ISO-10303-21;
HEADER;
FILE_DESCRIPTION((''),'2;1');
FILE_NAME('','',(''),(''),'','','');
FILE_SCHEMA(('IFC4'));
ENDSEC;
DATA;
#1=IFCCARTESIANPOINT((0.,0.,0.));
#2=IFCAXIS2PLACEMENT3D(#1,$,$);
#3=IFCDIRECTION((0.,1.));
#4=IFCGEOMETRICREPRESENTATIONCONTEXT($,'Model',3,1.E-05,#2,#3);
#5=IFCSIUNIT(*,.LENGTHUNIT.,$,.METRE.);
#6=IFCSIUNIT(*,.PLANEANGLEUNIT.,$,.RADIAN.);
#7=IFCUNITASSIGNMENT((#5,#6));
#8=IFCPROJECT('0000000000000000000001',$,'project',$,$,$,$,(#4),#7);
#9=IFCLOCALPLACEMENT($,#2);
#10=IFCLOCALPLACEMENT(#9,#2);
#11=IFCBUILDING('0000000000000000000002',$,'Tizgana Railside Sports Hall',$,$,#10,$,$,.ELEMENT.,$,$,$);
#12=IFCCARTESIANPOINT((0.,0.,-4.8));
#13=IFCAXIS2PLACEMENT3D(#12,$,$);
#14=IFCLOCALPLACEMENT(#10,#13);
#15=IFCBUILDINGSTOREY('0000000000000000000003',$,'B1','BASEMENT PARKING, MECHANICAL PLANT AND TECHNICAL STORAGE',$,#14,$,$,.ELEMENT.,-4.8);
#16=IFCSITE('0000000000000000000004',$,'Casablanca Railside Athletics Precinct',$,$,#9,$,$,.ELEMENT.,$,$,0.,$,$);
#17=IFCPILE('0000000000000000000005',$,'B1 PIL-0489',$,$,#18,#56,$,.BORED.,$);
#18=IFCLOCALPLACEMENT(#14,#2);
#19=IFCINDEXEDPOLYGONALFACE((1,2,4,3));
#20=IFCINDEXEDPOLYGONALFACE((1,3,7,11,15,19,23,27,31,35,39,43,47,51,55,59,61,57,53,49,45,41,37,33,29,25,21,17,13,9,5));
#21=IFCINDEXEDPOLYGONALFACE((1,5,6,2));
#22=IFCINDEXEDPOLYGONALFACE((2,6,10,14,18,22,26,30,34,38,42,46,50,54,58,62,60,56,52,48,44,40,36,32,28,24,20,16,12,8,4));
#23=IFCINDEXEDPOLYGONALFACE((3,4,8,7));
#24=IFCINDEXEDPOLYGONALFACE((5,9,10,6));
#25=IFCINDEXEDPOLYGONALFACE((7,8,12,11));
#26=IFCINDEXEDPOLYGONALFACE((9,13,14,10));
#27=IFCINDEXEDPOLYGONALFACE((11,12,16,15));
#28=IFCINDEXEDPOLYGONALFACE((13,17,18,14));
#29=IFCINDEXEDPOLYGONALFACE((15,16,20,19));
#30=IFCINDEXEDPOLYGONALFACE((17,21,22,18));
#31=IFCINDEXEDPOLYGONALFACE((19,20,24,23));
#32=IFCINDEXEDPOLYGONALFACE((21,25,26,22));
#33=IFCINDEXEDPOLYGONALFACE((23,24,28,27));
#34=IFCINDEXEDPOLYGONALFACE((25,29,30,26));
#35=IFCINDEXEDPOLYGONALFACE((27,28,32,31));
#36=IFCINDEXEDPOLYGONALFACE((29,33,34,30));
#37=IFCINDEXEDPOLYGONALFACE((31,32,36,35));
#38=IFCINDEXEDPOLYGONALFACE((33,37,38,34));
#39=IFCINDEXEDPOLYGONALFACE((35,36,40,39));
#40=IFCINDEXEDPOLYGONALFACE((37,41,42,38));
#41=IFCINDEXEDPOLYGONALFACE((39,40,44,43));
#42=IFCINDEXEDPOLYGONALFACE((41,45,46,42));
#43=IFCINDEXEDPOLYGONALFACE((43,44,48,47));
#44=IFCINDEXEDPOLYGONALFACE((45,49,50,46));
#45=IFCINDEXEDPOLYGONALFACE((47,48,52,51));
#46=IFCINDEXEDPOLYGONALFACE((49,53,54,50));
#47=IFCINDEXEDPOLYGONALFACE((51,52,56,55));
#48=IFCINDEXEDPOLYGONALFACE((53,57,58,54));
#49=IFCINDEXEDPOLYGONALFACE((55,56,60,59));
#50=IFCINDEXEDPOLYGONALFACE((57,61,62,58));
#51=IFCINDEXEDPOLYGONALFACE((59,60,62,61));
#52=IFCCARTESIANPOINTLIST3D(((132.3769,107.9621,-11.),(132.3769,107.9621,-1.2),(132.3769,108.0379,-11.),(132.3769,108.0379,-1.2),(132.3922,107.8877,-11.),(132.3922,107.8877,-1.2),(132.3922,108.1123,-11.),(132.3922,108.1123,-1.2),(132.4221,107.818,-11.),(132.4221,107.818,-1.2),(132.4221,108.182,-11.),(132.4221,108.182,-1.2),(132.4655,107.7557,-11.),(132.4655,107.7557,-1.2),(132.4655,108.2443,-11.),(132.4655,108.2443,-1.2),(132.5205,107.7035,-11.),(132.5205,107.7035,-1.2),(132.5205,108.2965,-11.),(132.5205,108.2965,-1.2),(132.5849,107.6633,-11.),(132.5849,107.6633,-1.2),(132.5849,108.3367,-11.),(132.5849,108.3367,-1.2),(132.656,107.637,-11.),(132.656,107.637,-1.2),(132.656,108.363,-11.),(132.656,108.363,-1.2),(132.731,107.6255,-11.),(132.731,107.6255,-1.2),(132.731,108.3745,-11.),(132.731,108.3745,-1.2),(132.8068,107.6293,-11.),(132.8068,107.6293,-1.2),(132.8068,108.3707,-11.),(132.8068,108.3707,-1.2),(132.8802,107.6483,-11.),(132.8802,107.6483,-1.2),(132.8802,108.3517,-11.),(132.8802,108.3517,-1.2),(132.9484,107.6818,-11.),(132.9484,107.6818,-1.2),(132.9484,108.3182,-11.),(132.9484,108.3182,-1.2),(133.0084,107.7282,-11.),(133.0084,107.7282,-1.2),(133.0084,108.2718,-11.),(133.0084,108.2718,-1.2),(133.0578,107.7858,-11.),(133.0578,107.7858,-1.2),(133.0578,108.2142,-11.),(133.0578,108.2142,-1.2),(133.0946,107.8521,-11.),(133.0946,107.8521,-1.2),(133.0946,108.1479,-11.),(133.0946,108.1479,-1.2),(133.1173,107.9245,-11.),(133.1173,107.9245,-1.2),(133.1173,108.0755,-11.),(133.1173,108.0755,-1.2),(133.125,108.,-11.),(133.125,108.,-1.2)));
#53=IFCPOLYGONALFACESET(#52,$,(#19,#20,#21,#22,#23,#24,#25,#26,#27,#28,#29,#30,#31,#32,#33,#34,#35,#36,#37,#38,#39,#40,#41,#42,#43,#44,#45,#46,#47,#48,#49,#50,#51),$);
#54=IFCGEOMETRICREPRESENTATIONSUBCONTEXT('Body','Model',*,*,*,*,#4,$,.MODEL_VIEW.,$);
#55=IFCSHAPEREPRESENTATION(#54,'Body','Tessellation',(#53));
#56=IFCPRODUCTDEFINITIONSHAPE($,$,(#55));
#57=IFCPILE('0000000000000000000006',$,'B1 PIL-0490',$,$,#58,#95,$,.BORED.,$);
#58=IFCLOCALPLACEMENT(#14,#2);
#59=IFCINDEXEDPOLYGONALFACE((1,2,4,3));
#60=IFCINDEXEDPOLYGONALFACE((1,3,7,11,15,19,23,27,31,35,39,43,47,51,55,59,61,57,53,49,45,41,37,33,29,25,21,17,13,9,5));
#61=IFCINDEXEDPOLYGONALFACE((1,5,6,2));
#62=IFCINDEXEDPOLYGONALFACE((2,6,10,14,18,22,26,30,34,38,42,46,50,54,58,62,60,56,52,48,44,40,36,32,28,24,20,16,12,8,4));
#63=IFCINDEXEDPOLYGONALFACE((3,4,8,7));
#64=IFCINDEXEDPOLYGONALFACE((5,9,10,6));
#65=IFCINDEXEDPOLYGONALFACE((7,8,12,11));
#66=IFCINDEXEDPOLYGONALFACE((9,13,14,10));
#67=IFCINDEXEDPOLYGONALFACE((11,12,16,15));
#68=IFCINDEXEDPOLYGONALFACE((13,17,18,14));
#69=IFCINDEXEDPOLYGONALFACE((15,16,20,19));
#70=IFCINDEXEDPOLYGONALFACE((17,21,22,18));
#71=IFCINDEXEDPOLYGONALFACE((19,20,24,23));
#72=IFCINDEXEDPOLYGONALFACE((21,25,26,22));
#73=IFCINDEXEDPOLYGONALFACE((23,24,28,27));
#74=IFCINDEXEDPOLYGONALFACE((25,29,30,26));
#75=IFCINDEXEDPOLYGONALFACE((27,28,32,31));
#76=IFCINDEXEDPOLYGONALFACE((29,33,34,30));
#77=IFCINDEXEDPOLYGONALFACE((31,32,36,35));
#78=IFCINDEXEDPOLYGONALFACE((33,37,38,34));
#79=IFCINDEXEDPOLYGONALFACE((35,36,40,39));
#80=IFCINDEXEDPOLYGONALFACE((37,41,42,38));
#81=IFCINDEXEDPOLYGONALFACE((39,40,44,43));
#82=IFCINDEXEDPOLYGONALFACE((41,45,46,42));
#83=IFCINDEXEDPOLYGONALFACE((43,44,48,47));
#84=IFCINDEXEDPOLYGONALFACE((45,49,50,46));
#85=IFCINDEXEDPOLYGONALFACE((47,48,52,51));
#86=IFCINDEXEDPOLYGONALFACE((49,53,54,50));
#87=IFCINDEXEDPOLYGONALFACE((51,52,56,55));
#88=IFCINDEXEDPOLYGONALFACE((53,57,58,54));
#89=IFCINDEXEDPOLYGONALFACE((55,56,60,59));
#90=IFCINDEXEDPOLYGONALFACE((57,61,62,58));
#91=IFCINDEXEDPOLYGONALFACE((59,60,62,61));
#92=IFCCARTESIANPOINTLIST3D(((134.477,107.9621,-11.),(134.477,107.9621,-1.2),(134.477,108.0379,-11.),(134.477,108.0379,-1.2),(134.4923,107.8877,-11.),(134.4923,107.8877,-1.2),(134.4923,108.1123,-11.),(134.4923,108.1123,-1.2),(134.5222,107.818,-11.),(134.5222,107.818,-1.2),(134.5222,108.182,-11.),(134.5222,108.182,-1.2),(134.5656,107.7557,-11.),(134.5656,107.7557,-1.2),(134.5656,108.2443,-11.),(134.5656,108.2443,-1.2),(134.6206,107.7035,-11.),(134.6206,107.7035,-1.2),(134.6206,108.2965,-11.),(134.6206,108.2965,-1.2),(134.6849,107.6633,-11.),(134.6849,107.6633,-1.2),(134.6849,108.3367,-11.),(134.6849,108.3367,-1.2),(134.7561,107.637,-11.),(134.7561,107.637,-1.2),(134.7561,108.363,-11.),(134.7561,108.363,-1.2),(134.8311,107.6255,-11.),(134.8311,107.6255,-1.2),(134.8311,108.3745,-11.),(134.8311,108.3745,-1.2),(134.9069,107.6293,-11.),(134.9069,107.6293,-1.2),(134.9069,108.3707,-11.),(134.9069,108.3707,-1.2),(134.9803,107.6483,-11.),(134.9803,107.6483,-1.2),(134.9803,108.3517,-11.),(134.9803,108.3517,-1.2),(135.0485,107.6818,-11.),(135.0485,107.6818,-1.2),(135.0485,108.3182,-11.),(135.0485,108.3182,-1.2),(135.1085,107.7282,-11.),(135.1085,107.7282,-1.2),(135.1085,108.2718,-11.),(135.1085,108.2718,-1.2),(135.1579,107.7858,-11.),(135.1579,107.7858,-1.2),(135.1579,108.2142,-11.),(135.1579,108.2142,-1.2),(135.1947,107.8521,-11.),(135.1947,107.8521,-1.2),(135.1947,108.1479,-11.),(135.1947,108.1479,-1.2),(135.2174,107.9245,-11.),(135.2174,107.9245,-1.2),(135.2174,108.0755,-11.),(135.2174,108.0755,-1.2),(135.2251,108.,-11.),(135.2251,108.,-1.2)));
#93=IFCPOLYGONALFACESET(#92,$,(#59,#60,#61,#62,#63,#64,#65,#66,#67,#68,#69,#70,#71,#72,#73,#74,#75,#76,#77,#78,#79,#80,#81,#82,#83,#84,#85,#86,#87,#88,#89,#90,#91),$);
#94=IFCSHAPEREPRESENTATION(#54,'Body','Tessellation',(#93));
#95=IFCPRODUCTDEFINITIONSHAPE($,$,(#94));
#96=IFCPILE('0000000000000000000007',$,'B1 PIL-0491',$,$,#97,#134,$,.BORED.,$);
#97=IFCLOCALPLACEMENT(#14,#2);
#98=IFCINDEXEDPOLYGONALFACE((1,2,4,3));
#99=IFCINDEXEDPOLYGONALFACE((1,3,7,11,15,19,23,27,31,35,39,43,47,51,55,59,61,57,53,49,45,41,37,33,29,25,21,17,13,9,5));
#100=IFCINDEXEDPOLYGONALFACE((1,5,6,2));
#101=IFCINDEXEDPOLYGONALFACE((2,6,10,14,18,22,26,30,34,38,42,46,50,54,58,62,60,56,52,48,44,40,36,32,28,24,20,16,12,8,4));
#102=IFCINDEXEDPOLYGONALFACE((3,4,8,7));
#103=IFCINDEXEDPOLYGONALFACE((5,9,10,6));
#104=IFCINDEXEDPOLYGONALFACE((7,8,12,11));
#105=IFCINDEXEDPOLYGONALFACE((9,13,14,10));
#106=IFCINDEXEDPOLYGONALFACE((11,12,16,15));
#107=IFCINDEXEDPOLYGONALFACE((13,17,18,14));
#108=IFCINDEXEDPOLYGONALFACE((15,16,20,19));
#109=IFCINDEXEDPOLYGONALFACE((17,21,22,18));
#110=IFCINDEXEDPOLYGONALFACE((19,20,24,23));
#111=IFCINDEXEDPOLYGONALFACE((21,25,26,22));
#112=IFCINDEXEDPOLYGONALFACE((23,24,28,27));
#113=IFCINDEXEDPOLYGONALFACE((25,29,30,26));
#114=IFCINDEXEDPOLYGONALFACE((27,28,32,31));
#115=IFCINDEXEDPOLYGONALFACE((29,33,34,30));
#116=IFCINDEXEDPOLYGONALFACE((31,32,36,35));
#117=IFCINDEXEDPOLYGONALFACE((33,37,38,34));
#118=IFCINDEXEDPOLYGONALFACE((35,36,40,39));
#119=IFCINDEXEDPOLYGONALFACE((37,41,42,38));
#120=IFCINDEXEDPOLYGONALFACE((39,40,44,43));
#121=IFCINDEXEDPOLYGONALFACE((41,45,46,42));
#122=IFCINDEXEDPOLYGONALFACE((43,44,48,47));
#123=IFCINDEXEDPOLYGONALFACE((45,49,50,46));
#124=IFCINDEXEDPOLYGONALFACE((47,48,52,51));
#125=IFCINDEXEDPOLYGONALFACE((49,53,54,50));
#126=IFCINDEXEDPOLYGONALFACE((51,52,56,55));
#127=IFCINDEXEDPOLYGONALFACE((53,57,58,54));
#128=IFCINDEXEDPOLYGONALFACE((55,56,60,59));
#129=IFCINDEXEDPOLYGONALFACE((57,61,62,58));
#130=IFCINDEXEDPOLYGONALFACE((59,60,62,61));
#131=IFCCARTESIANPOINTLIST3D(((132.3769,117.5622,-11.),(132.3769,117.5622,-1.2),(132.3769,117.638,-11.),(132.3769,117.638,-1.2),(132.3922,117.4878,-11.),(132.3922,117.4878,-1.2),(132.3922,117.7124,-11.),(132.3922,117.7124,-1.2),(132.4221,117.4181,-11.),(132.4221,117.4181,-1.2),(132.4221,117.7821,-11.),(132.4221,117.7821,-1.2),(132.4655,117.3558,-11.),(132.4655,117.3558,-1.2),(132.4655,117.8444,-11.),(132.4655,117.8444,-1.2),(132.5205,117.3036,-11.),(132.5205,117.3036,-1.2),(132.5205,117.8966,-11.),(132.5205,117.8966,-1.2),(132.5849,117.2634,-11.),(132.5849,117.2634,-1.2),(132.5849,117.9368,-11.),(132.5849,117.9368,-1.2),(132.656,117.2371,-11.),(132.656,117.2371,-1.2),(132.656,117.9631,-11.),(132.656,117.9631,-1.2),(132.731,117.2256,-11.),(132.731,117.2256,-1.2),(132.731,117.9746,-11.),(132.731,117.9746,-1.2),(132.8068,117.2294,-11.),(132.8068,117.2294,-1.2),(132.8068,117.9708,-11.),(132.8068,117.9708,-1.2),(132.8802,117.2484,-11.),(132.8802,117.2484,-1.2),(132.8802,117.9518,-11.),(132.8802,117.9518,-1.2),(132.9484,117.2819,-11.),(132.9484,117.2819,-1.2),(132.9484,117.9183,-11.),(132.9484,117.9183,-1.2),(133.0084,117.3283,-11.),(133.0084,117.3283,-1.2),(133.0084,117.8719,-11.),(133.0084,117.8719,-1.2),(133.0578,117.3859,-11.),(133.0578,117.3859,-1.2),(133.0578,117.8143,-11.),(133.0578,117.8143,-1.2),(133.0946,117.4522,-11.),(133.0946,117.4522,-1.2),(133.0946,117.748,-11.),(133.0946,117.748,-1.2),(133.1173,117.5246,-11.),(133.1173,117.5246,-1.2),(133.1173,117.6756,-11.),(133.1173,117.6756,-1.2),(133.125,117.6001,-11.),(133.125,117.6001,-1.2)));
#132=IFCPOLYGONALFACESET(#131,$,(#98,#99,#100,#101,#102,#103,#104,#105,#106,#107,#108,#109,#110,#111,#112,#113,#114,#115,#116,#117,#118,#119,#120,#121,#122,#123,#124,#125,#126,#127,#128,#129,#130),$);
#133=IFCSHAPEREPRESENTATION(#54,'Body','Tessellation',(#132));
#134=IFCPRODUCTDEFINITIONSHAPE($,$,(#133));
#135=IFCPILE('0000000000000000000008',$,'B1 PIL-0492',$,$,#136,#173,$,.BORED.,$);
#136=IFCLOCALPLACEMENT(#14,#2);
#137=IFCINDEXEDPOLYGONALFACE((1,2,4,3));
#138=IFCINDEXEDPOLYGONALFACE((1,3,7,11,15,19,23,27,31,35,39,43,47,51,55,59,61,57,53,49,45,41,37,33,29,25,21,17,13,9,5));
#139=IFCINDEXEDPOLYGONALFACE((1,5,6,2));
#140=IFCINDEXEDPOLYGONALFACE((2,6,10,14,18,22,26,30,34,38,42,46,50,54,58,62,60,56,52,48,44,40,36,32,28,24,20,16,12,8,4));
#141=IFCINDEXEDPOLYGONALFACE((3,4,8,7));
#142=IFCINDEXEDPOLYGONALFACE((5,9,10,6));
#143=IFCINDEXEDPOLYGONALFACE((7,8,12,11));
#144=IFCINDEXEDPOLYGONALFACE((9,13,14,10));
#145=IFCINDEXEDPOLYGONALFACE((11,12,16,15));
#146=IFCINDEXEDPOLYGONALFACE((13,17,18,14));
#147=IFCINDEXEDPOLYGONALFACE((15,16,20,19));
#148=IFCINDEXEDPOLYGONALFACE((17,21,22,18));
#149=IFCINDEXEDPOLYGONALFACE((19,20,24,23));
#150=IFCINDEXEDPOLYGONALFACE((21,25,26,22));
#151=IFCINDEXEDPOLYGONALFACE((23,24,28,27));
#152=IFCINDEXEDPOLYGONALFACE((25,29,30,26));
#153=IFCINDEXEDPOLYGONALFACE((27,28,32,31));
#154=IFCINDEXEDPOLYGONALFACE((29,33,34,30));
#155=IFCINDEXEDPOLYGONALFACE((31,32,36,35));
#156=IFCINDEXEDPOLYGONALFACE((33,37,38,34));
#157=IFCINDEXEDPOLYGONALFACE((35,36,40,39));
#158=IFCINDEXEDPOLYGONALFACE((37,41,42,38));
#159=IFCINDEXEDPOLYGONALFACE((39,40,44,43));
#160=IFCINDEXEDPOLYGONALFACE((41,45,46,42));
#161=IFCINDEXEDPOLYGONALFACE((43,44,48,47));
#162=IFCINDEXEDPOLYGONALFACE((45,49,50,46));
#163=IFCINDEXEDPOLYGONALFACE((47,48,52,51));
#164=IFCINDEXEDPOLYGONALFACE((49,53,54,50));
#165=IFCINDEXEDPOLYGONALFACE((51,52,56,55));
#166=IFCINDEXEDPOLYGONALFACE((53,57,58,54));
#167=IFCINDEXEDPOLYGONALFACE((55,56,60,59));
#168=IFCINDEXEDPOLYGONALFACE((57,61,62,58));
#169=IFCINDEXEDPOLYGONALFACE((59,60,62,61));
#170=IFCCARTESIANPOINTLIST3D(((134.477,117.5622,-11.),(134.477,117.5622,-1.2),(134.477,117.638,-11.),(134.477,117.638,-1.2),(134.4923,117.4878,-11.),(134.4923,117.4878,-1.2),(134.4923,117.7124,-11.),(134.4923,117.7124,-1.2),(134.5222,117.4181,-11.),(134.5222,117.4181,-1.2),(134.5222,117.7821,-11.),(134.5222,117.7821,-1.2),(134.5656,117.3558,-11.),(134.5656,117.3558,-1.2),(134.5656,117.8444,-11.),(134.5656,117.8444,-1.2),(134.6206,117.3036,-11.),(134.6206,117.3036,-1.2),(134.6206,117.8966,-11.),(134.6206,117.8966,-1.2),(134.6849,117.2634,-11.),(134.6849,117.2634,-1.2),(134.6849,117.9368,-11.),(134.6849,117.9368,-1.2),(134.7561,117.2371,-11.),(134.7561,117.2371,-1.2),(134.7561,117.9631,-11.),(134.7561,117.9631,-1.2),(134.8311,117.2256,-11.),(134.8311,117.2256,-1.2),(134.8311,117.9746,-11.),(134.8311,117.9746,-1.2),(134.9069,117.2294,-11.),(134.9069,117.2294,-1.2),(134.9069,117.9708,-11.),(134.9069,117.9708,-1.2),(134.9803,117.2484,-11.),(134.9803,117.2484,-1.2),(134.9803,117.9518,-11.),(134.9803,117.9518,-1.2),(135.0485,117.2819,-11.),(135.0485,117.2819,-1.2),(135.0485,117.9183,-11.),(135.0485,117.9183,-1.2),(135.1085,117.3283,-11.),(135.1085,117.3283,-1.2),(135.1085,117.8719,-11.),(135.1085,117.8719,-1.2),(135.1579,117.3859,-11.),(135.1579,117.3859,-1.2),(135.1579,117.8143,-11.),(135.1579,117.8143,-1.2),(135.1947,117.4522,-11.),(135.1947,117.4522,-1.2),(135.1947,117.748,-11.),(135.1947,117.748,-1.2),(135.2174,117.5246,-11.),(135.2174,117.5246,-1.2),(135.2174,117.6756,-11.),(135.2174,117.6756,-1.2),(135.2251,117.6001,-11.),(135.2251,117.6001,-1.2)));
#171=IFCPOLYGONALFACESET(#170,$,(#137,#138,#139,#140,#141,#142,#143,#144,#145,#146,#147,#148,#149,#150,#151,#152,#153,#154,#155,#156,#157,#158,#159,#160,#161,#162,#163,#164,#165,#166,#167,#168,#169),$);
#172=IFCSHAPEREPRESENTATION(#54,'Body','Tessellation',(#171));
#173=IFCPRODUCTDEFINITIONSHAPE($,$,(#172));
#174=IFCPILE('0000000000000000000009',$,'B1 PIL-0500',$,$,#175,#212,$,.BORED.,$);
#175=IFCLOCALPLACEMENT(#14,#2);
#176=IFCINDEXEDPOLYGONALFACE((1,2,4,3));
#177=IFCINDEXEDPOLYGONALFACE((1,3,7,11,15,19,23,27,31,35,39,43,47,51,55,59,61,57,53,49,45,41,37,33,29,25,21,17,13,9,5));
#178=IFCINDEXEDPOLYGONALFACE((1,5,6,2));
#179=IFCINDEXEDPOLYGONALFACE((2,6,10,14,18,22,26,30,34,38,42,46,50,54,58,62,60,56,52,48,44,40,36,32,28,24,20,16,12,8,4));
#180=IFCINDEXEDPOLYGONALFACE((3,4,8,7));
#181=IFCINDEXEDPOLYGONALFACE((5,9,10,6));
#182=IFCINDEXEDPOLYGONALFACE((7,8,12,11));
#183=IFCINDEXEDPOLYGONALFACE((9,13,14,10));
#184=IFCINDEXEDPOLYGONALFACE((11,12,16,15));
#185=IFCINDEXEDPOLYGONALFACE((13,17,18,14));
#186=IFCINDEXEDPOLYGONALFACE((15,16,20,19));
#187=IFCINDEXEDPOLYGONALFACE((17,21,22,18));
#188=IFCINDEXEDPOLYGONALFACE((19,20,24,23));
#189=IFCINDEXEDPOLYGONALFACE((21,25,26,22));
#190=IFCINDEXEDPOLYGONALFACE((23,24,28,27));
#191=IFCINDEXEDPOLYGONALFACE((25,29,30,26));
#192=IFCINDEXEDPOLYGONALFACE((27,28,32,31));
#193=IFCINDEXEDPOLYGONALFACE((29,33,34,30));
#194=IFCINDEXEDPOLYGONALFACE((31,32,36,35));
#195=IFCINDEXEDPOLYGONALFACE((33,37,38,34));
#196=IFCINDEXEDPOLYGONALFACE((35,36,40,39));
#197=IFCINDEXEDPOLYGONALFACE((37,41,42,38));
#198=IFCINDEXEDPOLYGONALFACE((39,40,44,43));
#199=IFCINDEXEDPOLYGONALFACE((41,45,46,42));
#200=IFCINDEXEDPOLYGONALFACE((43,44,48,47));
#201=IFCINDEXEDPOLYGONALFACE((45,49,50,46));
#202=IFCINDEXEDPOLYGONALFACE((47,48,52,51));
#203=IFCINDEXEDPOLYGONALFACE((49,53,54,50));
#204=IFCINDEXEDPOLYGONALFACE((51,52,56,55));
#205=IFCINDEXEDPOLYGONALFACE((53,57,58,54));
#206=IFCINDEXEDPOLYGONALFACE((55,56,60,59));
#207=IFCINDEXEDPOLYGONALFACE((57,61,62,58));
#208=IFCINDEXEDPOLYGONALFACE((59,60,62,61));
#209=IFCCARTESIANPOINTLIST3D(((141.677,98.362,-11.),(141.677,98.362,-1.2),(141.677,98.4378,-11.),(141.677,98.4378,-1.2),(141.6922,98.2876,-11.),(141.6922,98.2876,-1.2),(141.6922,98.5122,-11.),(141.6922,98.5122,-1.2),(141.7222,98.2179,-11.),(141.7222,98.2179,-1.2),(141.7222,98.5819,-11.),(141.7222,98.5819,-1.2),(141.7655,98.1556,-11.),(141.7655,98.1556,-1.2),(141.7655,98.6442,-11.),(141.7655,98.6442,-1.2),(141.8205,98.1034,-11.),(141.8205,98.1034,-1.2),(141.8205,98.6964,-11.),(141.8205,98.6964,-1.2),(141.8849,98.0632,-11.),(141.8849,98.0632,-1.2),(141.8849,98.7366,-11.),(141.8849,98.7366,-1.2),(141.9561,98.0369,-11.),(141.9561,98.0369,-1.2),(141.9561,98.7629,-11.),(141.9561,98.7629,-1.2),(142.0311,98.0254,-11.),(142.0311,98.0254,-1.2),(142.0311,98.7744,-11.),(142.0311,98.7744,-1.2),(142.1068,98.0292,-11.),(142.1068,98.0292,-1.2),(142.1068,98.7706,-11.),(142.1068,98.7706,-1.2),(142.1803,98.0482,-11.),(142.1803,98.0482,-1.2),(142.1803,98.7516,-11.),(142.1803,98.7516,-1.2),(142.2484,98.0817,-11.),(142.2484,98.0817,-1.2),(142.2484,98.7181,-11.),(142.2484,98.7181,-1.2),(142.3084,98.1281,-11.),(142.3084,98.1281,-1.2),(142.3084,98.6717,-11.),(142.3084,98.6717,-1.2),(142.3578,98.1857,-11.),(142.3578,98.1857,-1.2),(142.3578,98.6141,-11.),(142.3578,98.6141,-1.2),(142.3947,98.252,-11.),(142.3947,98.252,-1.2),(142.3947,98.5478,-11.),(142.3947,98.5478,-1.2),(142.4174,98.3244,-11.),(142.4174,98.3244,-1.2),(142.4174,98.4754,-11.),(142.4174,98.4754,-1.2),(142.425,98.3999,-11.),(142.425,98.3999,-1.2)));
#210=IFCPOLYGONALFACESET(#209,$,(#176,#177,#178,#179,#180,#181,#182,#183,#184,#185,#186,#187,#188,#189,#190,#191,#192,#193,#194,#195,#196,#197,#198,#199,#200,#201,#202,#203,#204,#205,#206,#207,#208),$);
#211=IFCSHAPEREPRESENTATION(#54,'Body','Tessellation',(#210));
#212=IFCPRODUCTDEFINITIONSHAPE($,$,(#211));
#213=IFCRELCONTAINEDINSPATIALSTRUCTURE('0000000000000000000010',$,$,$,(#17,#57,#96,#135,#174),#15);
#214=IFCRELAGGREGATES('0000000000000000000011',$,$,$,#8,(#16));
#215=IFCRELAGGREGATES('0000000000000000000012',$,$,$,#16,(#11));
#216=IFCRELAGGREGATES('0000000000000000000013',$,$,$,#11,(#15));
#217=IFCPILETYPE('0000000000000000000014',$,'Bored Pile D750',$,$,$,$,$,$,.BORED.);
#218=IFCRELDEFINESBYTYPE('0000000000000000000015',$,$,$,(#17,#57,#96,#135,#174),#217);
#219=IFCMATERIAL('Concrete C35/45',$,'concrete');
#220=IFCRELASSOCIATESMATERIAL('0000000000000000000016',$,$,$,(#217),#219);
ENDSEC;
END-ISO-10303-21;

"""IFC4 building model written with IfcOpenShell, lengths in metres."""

from ifc_helpers import new_model, si_unit, direction, frame, origin, origin_2d, place, context, subcontext, project, spatial, circle, extrude, material, material_profile, profile_set, type_object, element, save


model = new_model("IFC4")

# Units and contexts
model_context = context("Model", 3, precision=1e-05, world=origin(), true_north=direction((0.0, 1.0)))
body_context = subcontext(model_context, "Body", "Model", "MODEL_VIEW")
ifc_project = project(units=[si_unit("LENGTHUNIT", "METRE"), si_unit("PLANEANGLEUNIT", "RADIAN")], contexts=[model_context])

# Site, building, storey
site_placement = place(None, origin())
site = spatial("IfcSite", under=ifc_project, at=site_placement, Name="Casablanca Railside Athletics Precinct", CompositionType="ELEMENT", RefElevation=0.0)
building_placement = place(site_placement, origin())
building = spatial("IfcBuilding", under=site, at=building_placement, Name="Tizgana Railside Sports Hall", CompositionType="ELEMENT")
storey_placement = place(building_placement, frame((0.0, 0.0, -4.8)))
storey = spatial("IfcBuildingStorey", under=building, at=storey_placement, Name="B1", Description="BASEMENT PARKING, MECHANICAL PLANT AND TECHNICAL STORAGE", CompositionType="ELEMENT", Elevation=-4.8)

# Piles
ifc_material_1 = material(Name="Concrete C35/45", Category="concrete")
ifc_material_profile_1 = material_profile(ifc_material_1, circle(Radius=0.375, at=origin_2d()), Name="PILE D750")
ifc_profile_set_1 = profile_set([ifc_material_profile_1], Name="Concrete C35/45")
pile_type = type_object("IfcPileType", Name="Bored Pile D750", PredefinedType="BORED", material=ifc_profile_set_1)
for number, where, z_axis, x_axis, name in (
    (1, (132.75, 108.0, -1.2), (0.0, 0.0, -1.0), (1.0, 0.0, 0.0), "B1 PIL-0489"),
    (2, (134.8501, 108.0, -1.2), (0.0, 0.0, -1.0), (1.0, 0.0, 0.0), "B1 PIL-0490"),
    (3, (132.75, 117.6001, -1.2), (0.0, 0.0, -1.0), (1.0, 0.0, 0.0), "B1 PIL-0491"),
    (4, (134.8501, 117.6001, -1.2), (0.0, 0.0, -1.0), (1.0, 0.0, 0.0), "B1 PIL-0492"),
    (5, (142.05, 98.3999, -1.2), (0.0, 0.0, -1.0), (1.0, 0.0, 0.0), "B1 PIL-0500"),
):
    element("IfcPile", number, at=place(storey_placement, frame(where, z_axis=z_axis, x_axis=x_axis)), inside=storey, type_object=pile_type, Name=name, PredefinedType="BORED", context=body_context, shape_type="SweptSolid", body=[
        extrude(circle(Radius=0.375, at=origin_2d()), origin(), (0.0, 0.0, 1.0), 9.8),
    ])

save(model, "model.ifc")
